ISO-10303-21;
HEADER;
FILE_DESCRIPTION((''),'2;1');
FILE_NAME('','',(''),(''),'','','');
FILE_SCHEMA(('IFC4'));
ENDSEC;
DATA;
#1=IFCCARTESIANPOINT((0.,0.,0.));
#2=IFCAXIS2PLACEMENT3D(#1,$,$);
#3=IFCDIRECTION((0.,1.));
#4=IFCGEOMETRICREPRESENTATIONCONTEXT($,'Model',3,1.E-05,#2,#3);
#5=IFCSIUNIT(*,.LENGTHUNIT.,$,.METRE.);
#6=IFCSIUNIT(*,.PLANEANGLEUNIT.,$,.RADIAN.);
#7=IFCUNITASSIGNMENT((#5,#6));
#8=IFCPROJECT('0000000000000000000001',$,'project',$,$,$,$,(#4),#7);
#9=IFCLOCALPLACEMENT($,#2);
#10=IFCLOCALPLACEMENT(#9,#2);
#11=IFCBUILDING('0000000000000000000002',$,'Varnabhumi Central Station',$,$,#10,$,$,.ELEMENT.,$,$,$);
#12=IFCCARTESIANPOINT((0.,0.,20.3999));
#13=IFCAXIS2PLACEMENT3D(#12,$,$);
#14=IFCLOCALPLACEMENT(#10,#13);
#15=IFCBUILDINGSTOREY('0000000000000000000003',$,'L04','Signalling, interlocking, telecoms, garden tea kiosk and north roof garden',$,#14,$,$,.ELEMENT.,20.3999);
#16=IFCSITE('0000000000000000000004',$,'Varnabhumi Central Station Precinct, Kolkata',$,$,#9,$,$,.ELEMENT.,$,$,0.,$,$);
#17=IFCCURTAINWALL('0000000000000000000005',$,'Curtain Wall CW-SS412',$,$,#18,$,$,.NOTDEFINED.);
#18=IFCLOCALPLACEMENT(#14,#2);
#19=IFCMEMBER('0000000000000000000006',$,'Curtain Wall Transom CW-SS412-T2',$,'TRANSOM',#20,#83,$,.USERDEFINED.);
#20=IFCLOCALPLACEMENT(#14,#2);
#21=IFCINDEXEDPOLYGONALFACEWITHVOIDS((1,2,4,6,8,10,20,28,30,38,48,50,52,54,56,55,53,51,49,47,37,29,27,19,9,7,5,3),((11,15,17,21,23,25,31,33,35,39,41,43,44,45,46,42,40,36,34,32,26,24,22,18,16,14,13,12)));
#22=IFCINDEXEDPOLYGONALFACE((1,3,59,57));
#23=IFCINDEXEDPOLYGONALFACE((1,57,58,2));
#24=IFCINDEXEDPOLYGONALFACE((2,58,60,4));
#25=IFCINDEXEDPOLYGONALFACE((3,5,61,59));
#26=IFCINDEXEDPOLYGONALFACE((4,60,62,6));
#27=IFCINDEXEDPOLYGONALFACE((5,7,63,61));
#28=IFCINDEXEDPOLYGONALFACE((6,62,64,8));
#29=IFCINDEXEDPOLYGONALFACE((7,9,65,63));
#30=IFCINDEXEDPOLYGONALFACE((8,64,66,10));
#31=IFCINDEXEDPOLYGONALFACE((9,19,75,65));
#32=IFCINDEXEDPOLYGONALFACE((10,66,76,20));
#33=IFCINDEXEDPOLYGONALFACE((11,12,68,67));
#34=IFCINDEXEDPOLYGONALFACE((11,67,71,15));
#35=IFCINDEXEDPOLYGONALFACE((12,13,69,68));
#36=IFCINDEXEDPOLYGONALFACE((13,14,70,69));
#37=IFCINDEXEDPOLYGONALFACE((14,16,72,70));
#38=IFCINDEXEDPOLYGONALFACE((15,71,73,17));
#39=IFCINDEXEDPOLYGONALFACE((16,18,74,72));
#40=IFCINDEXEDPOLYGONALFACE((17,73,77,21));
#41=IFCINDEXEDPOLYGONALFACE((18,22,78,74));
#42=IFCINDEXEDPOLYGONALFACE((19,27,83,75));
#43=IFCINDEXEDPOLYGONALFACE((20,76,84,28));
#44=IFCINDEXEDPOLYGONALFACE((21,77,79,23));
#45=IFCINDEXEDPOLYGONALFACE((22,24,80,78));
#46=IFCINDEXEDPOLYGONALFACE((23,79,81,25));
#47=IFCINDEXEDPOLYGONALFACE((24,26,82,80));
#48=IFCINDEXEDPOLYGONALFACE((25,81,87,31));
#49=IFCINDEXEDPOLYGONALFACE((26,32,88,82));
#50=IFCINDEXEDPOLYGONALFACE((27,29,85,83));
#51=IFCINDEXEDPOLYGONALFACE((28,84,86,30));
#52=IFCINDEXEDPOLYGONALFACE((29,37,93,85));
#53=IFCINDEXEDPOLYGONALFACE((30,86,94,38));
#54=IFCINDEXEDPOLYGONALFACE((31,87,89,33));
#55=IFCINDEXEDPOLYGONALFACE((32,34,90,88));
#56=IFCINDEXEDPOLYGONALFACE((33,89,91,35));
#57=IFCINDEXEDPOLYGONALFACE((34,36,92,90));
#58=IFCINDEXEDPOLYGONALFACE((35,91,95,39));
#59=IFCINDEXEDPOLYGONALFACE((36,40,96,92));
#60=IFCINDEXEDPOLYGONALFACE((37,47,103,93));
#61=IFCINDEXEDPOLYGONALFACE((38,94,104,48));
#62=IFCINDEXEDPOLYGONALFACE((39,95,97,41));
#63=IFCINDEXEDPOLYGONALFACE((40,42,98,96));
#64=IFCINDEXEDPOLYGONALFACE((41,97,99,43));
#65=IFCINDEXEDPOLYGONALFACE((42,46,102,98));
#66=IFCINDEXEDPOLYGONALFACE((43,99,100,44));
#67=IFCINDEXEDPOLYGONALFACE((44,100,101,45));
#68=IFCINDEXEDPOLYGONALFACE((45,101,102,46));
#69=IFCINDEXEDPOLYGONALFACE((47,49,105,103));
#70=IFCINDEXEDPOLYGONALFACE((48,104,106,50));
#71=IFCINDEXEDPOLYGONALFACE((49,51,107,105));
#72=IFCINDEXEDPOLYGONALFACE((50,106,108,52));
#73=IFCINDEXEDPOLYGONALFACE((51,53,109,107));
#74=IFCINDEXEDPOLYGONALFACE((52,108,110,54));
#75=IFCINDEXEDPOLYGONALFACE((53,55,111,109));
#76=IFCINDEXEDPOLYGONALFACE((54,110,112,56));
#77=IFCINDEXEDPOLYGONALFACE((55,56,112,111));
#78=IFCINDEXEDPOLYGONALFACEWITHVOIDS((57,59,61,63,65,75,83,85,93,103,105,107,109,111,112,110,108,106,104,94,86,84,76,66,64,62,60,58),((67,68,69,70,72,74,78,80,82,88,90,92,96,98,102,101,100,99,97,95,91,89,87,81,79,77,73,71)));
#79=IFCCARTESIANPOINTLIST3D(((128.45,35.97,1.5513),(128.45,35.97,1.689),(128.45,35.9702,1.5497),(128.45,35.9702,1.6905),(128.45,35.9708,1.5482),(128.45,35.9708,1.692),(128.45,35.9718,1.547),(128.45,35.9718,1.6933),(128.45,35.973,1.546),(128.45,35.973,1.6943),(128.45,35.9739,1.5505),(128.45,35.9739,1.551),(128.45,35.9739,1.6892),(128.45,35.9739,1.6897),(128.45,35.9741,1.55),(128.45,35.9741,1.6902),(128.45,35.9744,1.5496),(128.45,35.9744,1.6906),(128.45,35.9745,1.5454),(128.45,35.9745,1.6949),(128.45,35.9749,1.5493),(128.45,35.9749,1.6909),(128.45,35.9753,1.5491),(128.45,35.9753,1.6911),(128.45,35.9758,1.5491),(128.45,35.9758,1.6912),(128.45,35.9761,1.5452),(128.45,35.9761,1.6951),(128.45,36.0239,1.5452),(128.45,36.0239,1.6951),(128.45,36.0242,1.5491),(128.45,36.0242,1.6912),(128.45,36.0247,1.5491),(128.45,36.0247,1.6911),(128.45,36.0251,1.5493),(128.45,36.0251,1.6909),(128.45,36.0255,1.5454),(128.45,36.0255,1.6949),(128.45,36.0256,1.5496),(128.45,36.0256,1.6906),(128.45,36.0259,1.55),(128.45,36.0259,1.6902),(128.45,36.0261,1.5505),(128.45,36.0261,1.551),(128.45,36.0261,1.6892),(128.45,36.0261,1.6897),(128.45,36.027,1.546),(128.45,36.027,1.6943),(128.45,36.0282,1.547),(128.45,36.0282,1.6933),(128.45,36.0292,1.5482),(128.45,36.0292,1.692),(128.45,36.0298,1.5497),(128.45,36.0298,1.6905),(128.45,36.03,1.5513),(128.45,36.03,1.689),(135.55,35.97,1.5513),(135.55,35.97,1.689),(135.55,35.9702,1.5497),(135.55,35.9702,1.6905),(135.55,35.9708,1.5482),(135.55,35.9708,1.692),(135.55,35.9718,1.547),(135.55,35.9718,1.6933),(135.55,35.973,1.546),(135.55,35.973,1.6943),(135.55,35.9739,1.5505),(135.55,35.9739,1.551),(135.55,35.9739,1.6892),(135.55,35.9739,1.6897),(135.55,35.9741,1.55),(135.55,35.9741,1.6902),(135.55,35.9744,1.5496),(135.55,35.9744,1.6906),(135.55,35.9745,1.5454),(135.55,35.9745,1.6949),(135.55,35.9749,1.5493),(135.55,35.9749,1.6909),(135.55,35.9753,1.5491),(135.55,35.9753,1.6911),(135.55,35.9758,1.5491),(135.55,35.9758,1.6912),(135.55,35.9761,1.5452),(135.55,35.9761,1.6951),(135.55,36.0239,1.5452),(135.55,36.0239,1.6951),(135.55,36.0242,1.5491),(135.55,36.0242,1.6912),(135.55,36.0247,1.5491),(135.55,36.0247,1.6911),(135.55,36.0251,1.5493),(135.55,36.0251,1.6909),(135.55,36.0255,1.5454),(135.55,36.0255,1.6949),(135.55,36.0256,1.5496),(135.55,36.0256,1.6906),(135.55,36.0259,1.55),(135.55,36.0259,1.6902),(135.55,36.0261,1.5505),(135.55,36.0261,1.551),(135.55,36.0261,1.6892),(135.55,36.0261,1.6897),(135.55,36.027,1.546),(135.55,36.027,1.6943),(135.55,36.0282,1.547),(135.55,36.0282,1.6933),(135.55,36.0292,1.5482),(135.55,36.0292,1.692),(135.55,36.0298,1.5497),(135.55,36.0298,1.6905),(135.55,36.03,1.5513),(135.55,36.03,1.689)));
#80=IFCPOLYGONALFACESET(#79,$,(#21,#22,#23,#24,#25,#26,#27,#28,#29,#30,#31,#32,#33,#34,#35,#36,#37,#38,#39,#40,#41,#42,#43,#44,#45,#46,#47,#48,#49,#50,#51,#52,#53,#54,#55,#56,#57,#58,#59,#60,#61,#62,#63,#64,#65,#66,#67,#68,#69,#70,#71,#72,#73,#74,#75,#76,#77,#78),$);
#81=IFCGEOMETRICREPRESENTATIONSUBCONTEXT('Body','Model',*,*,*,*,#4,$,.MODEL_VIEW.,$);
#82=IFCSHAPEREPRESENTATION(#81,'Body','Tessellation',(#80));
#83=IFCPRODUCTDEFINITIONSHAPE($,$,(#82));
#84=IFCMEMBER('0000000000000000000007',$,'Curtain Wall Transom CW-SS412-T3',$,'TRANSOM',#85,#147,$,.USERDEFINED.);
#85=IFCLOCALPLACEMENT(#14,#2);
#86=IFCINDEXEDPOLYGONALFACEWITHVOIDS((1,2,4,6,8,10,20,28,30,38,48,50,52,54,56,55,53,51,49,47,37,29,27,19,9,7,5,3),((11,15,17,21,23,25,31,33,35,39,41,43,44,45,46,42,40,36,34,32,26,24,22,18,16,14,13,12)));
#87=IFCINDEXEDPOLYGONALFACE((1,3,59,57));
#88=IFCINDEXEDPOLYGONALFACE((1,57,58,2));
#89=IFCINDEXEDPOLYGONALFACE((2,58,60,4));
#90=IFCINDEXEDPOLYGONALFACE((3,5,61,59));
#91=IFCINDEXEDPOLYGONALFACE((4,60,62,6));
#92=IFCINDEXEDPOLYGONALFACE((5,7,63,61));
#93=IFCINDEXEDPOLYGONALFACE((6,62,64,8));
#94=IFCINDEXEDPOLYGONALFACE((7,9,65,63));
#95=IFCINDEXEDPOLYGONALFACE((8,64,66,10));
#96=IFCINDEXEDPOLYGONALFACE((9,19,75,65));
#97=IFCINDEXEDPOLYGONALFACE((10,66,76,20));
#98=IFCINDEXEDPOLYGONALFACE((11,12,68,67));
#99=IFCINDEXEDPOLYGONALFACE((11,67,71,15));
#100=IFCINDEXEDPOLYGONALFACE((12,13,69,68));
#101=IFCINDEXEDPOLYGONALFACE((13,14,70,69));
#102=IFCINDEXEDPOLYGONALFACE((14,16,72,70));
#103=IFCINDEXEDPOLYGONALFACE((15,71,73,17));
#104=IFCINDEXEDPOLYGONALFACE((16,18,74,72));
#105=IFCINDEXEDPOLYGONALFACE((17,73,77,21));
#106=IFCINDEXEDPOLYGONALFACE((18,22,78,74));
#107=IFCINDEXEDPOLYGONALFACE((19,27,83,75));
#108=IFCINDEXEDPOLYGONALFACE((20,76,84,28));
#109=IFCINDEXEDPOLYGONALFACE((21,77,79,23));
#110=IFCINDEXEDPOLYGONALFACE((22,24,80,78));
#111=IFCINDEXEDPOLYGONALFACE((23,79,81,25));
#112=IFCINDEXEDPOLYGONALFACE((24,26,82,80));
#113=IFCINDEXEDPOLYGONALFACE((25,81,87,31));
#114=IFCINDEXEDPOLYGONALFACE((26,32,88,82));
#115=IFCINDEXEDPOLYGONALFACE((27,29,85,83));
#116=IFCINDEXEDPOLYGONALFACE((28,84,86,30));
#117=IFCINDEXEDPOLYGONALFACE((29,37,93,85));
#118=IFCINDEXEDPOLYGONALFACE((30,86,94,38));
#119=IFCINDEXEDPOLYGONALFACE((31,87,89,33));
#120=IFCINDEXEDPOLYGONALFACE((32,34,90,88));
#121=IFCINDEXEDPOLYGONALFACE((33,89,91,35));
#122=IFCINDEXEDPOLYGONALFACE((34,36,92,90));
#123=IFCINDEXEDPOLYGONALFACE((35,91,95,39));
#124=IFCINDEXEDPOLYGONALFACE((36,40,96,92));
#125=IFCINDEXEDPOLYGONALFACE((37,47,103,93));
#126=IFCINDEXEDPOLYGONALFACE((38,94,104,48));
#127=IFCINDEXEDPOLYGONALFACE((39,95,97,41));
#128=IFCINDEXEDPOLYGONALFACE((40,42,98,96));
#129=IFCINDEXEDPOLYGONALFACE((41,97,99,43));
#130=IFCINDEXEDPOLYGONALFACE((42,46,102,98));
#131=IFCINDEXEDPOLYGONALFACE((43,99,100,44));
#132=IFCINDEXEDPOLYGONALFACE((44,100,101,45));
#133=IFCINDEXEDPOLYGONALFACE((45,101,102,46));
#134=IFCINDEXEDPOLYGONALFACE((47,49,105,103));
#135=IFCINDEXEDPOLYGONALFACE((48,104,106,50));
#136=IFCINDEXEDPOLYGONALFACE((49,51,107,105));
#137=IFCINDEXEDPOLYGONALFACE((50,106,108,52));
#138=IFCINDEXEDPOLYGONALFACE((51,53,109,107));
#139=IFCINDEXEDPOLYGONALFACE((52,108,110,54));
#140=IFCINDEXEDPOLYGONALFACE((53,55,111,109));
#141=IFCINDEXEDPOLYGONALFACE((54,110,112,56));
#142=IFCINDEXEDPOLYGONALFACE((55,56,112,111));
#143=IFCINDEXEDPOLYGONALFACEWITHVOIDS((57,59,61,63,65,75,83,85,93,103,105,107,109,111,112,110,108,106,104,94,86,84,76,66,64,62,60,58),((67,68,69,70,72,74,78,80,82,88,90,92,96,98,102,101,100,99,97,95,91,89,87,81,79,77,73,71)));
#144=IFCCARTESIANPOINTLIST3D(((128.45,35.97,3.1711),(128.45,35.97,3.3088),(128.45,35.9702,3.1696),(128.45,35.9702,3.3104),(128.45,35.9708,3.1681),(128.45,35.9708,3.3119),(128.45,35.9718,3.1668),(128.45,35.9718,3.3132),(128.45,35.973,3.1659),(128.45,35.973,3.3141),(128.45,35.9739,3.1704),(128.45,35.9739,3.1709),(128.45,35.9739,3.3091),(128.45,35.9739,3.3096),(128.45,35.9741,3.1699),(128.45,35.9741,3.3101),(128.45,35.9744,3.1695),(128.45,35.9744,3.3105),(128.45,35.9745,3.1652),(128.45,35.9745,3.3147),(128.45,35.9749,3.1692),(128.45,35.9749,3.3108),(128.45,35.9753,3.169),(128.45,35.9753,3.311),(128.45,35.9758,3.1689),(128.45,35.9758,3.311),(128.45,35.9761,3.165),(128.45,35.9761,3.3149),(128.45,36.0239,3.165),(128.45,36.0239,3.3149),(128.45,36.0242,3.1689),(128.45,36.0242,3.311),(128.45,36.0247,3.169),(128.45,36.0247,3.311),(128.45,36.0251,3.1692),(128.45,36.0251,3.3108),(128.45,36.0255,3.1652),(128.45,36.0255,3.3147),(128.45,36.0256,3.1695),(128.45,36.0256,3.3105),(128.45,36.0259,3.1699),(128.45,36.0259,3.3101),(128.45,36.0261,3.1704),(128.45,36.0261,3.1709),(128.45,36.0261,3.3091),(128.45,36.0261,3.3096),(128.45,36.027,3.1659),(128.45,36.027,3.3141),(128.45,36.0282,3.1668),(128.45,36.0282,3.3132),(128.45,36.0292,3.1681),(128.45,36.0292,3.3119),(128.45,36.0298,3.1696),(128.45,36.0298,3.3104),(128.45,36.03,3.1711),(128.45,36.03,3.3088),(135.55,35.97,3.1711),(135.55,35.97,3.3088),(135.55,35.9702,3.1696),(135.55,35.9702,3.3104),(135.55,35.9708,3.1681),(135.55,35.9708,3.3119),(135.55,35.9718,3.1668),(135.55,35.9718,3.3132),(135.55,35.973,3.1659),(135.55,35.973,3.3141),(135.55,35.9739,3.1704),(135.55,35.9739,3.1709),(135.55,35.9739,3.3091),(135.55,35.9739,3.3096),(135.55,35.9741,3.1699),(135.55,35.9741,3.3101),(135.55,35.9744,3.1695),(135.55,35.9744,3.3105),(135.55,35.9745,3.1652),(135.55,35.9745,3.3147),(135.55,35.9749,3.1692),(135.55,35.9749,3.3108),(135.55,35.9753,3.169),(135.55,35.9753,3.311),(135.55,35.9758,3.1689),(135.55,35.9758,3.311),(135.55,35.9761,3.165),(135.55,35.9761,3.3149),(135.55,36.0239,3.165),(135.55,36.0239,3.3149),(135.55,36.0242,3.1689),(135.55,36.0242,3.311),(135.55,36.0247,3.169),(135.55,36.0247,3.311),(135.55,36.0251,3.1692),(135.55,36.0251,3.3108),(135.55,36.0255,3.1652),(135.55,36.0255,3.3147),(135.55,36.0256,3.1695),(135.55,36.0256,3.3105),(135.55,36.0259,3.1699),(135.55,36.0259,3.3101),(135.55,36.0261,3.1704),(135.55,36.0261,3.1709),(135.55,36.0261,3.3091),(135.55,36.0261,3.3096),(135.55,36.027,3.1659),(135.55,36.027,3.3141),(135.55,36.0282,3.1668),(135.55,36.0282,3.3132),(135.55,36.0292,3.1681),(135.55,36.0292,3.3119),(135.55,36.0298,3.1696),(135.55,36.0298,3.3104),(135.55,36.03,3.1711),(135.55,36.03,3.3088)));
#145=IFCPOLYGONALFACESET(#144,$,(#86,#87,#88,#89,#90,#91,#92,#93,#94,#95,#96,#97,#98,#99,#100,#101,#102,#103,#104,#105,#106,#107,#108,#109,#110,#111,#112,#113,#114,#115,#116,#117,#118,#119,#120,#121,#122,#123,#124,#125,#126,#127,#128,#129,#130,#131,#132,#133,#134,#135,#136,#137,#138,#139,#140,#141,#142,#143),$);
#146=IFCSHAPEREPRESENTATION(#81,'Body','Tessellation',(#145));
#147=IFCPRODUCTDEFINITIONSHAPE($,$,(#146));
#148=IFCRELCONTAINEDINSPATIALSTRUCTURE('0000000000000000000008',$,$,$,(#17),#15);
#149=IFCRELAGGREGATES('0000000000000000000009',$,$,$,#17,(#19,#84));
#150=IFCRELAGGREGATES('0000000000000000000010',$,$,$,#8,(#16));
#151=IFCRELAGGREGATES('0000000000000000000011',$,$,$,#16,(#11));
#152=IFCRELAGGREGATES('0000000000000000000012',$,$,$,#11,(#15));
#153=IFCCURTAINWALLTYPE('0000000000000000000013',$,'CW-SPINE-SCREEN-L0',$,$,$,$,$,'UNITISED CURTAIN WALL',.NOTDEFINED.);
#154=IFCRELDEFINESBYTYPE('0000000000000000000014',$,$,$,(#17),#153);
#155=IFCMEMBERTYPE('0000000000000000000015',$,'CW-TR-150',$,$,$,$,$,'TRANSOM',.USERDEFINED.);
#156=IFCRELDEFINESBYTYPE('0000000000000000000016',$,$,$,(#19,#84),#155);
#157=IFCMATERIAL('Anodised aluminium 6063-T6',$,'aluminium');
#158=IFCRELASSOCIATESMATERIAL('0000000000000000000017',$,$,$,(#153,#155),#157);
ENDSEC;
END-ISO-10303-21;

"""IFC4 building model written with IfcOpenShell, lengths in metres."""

from ifc_helpers import new_model, si_unit, direction, frame, origin, origin_2d, place, context, subcontext, project, spatial, hollow_rectangle, extrude, material, material_profile, profile_set, type_object, element, aggregate, save


model = new_model("IFC4")

# Units and contexts
model_context = context("Model", 3, precision=1e-05, world=origin(), true_north=direction((0.0, 1.0)))
body_context = subcontext(model_context, "Body", "Model", "MODEL_VIEW")
ifc_project = project(units=[si_unit("LENGTHUNIT", "METRE"), si_unit("PLANEANGLEUNIT", "RADIAN")], contexts=[model_context])

# Site, building, storey
site_placement = place(None, origin())
site = spatial("IfcSite", under=ifc_project, at=site_placement, Name="Varnabhumi Central Station Precinct, Kolkata", CompositionType="ELEMENT", RefElevation=0.0)
building_placement = place(site_placement, origin())
building = spatial("IfcBuilding", under=site, at=building_placement, Name="Varnabhumi Central Station", CompositionType="ELEMENT")
storey_placement = place(building_placement, frame((0.0, 0.0, 20.3999)))
storey = spatial("IfcBuildingStorey", under=building, at=storey_placement, Name="L04", Description="Signalling, interlocking, telecoms, garden tea kiosk and north roof garden", CompositionType="ELEMENT", Elevation=20.3999)

# Curtain wall
ifc_material_1 = material(Name="Anodised aluminium 6063-T6", Category="aluminium")
curtain_wall_type_1 = type_object("IfcCurtainWallType", Name="CW-SPINE-SCREEN-L0", ElementType="UNITISED CURTAIN WALL", PredefinedType="NOTDEFINED", material=ifc_material_1)
curtain_wall_1_placement = place(storey_placement, origin())
curtain_wall_1 = element("IfcCurtainWall", 1, at=curtain_wall_1_placement, inside=storey, type_object=curtain_wall_type_1, Name="Curtain Wall CW-SS412", PredefinedType="NOTDEFINED")

# Members
ifc_material_profile_1 = material_profile(ifc_material_1, hollow_rectangle(XDim=0.0601, YDim=0.1499, WallThickness=0.0039, InnerFilletRadius=0.002, OuterFilletRadius=0.0061, at=origin_2d()), Name="Anodised aluminium 6063-T6", Category="aluminium")
ifc_profile_set_1 = profile_set([ifc_material_profile_1], Name="Anodised aluminium 6063-T6")
member_type_1 = type_object("IfcMemberType", Name="CW-TR-150", ElementType="TRANSOM", PredefinedType="USERDEFINED", material=ifc_profile_set_1)
member_1_placement = place(storey_placement, frame((128.45, 36.0, 1.6201), z_axis=(1.0, 0.0, 0.0), x_axis=(0.0, 1.0, 0.0)))
member_1 = element("IfcMember", 2, at=member_1_placement, type_object=member_type_1, Name="Curtain Wall Transom CW-SS412-T2", ObjectType="TRANSOM", PredefinedType="USERDEFINED", context=body_context, shape_type="SweptSolid", body=[
    extrude(hollow_rectangle(XDim=0.0601, YDim=0.1499, WallThickness=0.0039, InnerFilletRadius=0.002, OuterFilletRadius=0.0061, at=origin_2d()), origin(), (0.0, 0.0, 1.0), 7.1001),
])
member_2_placement = place(storey_placement, frame((128.45, 36.0, 3.24), z_axis=(1.0, 0.0, 0.0), x_axis=(0.0, 1.0, 0.0)))
member_2 = element("IfcMember", 3, at=member_2_placement, type_object=member_type_1, Name="Curtain Wall Transom CW-SS412-T3", ObjectType="TRANSOM", PredefinedType="USERDEFINED", context=body_context, shape_type="SweptSolid", body=[
    extrude(hollow_rectangle(XDim=0.0601, YDim=0.1499, WallThickness=0.0039, InnerFilletRadius=0.002, OuterFilletRadius=0.0061, at=origin_2d()), origin(), (0.0, 0.0, 1.0), 7.1001),
])

aggregate(curtain_wall_1, [member_1, member_2])

save(model, "model.ifc")
